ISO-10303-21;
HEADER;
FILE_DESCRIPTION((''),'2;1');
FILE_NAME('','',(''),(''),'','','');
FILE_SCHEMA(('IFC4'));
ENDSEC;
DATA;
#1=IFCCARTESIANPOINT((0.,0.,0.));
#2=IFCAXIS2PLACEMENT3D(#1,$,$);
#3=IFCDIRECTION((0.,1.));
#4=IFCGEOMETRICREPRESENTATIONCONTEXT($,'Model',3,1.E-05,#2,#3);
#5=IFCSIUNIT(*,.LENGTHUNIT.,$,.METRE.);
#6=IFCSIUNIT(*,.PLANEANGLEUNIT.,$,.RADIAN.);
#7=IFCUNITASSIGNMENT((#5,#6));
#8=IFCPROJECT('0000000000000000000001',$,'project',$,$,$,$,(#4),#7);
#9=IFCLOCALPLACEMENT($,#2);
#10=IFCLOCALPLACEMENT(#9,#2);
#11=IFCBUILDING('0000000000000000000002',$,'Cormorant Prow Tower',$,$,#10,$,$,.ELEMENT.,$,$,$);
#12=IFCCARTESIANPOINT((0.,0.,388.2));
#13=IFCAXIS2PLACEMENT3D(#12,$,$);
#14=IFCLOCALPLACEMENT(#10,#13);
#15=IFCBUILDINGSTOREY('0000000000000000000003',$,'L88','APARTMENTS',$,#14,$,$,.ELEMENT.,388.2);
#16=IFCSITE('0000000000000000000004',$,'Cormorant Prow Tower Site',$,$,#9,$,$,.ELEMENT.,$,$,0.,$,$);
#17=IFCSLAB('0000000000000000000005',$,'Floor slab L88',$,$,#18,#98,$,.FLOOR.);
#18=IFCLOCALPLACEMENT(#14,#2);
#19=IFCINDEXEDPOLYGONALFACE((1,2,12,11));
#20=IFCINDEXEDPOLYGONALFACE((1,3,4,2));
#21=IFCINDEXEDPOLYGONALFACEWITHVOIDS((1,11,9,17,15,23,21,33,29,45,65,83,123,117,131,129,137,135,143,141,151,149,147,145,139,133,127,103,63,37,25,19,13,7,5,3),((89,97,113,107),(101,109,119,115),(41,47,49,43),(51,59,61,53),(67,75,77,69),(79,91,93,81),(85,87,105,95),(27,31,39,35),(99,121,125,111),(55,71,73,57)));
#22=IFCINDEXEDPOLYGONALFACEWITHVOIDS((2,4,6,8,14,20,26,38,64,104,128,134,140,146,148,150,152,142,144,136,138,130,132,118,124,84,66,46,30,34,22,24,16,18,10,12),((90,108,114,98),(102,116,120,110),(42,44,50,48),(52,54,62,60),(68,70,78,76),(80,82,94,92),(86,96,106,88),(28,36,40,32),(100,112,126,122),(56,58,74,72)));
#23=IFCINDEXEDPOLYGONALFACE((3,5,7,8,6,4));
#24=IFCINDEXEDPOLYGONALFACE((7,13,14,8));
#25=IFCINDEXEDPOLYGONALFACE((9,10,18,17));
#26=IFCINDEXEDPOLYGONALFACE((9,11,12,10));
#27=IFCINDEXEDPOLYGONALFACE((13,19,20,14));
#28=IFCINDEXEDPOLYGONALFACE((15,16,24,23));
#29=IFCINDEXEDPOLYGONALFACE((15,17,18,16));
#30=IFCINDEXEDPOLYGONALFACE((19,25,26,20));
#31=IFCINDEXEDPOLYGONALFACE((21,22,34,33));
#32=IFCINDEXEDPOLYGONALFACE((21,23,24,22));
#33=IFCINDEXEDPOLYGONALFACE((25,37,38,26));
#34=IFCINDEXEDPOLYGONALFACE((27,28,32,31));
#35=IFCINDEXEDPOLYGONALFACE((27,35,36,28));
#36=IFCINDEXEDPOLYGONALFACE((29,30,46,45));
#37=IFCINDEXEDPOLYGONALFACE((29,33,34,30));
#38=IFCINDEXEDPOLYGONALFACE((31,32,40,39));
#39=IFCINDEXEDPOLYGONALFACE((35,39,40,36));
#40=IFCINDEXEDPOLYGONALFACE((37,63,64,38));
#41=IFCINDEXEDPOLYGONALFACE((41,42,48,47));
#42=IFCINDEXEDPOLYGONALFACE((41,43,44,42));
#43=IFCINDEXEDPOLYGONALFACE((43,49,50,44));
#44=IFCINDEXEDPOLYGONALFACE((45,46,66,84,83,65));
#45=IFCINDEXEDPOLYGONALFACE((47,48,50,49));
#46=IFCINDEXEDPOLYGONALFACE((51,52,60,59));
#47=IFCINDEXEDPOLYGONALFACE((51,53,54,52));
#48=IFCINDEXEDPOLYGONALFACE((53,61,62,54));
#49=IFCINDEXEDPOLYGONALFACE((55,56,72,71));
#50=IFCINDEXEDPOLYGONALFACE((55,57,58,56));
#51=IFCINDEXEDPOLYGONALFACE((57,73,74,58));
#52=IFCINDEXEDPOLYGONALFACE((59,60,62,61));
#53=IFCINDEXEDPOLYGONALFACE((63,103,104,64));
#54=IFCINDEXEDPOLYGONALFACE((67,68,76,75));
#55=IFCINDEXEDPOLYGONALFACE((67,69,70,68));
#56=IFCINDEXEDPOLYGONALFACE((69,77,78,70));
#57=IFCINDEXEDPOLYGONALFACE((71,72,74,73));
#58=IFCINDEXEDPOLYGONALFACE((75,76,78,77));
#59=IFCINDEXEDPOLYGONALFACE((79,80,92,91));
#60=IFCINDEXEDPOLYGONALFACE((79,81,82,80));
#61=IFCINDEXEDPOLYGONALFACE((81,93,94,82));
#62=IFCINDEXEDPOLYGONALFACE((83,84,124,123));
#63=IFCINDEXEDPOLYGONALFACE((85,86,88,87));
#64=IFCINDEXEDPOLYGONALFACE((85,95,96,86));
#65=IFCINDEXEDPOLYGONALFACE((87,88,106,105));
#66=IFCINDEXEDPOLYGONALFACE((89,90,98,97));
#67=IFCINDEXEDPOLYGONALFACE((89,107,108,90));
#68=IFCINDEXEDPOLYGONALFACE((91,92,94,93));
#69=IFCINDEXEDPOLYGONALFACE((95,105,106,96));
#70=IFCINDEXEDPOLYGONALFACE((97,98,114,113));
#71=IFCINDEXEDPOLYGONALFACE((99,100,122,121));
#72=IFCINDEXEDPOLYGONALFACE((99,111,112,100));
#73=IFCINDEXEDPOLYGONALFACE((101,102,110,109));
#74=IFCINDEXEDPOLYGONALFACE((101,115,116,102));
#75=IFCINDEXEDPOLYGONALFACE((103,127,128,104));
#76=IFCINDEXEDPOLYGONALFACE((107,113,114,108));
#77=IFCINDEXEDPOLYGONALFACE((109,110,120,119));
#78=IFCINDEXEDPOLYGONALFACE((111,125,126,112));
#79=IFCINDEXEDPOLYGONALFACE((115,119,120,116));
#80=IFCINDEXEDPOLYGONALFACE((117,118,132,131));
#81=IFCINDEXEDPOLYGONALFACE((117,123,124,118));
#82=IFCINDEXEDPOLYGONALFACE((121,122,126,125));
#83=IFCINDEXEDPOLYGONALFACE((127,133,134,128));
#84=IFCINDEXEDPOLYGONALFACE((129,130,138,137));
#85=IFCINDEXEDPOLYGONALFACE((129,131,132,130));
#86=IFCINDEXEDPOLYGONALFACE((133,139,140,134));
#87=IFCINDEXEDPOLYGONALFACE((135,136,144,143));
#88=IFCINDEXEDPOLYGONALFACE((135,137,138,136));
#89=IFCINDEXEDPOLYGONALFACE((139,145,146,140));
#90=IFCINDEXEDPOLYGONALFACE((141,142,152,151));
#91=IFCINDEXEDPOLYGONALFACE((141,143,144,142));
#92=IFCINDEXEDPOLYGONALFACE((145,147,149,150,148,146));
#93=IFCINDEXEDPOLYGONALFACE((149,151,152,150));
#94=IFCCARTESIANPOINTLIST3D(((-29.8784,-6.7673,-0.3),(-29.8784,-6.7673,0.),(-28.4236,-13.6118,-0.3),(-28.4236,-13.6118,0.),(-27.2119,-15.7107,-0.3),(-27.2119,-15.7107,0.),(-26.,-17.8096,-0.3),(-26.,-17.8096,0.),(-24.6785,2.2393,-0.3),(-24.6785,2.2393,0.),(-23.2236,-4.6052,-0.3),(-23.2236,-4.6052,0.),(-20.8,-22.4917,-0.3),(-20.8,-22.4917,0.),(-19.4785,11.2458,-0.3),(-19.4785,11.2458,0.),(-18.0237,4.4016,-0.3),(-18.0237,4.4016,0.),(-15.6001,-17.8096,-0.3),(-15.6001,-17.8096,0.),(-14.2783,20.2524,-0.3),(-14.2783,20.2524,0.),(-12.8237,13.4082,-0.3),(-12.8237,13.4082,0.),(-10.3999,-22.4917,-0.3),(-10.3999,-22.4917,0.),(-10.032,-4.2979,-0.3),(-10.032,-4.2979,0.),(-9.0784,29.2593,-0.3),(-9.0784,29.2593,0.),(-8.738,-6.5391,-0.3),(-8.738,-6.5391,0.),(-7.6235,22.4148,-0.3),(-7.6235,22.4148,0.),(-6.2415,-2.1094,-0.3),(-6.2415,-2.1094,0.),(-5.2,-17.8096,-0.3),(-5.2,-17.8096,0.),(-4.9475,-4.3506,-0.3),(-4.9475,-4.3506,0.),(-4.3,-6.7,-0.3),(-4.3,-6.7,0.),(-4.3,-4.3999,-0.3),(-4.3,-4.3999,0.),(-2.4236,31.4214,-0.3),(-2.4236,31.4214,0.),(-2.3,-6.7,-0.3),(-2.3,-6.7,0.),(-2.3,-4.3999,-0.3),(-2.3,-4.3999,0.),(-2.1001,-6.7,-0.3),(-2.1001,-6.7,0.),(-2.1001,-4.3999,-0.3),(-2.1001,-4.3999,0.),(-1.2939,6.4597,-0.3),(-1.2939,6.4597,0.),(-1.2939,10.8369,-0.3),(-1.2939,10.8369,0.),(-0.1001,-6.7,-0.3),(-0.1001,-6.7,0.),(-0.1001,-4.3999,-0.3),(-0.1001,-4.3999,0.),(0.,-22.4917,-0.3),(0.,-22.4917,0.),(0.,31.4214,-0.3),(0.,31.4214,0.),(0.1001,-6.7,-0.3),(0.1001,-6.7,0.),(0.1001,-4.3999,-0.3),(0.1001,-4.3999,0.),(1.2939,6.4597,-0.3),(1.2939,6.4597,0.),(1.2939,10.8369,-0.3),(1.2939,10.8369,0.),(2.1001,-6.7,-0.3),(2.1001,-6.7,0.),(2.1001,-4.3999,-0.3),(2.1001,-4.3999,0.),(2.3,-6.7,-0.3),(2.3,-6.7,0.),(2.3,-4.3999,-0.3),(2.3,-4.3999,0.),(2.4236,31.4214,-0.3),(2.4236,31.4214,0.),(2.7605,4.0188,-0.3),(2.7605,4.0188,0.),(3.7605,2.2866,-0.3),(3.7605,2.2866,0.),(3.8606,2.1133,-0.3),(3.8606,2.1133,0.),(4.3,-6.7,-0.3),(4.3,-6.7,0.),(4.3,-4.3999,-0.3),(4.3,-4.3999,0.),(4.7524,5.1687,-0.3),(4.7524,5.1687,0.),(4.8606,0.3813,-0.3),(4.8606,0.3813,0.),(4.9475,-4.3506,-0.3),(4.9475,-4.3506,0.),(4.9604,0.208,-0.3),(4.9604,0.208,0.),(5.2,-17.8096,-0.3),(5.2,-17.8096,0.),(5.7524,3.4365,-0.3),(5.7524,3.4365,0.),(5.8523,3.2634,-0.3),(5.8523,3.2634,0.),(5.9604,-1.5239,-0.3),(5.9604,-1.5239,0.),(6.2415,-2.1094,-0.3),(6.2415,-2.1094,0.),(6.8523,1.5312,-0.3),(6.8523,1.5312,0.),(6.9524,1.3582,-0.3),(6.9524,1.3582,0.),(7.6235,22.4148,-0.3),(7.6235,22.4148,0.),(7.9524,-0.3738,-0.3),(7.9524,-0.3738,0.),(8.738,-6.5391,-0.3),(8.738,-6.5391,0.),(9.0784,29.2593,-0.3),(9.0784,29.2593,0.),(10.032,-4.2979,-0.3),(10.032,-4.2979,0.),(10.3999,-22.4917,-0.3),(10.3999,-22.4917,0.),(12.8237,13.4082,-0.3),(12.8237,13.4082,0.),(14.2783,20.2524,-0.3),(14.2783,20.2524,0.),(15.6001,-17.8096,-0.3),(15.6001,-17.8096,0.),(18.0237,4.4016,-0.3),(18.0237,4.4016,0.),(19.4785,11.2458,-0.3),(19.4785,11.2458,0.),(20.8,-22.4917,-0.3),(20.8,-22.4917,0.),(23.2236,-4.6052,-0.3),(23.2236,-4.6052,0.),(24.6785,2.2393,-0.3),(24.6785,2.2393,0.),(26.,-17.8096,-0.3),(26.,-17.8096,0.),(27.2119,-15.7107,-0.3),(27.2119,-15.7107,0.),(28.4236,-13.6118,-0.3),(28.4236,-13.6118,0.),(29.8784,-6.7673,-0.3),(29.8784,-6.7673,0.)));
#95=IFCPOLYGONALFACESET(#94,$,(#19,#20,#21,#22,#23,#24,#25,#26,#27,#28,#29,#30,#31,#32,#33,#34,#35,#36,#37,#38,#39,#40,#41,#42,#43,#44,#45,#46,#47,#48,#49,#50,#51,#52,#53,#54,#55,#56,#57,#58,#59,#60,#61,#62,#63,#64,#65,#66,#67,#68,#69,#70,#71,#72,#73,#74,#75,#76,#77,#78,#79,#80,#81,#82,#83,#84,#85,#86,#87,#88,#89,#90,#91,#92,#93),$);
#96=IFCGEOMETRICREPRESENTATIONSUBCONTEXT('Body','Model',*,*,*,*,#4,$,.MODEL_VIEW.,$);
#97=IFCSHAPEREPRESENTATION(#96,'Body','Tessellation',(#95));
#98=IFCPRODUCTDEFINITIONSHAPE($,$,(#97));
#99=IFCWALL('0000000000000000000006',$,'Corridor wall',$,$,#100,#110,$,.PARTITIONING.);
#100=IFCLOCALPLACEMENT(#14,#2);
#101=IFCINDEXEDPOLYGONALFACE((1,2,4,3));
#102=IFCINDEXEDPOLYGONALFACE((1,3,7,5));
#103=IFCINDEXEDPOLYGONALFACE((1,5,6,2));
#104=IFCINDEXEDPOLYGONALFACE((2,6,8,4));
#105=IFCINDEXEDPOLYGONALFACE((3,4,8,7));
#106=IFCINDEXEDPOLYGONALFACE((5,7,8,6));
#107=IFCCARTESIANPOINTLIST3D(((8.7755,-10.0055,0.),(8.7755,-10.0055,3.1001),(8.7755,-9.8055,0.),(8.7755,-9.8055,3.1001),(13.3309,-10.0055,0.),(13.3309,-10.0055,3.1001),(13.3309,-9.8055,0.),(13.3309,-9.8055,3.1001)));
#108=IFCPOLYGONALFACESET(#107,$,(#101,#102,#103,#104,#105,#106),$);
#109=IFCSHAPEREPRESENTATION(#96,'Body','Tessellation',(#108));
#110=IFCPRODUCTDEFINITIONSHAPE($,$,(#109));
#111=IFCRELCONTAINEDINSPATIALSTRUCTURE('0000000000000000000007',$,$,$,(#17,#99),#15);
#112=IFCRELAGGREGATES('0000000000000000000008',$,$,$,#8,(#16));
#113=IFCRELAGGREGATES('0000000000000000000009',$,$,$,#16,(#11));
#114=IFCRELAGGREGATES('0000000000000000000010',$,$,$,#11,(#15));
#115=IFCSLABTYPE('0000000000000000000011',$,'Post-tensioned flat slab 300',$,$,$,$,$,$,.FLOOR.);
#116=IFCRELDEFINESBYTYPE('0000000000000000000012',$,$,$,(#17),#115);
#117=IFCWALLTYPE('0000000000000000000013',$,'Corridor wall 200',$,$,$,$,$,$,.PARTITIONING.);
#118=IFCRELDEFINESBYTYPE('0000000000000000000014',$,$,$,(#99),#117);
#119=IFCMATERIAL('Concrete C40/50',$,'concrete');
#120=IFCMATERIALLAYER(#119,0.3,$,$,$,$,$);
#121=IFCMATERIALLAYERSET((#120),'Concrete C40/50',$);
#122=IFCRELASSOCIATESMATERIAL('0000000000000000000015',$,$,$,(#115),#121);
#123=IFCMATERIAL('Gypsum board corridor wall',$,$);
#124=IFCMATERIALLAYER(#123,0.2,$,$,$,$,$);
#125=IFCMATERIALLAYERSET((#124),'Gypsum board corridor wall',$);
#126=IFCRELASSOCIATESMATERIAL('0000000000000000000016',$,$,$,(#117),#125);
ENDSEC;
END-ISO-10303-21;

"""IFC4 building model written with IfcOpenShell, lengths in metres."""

from ifc_helpers import new_model, si_unit, direction, frame, frame_2d, origin, place, context, subcontext, project, spatial, polyline, rectangle, outline, extrude, material, layer, layer_set, type_object, element, save


model = new_model("IFC4")

# Units and contexts
model_context = context("Model", 3, precision=1e-05, world=origin(), true_north=direction((0.0, 1.0)))
body_context = subcontext(model_context, "Body", "Model", "MODEL_VIEW")
ifc_project = project(units=[si_unit("LENGTHUNIT", "METRE"), si_unit("PLANEANGLEUNIT", "RADIAN")], contexts=[model_context])

# Site, building, storey
site_placement = place(None, origin())
site = spatial("IfcSite", under=ifc_project, at=site_placement, Name="Cormorant Prow Tower Site", CompositionType="ELEMENT", RefElevation=0.0)
building_placement = place(site_placement, origin())
building = spatial("IfcBuilding", under=site, at=building_placement, Name="Cormorant Prow Tower", CompositionType="ELEMENT")
storey_placement = place(building_placement, frame((0.0, 0.0, 388.2)))
storey = spatial("IfcBuildingStorey", under=building, at=storey_placement, Name="L88", Description="APARTMENTS", CompositionType="ELEMENT", Elevation=388.2)

# Slab
ifc_material_1 = material(Name="Concrete C40/50", Category="concrete")
ifc_layer_1 = layer(ifc_material_1, 0.3)
ifc_layer_set_1 = layer_set([ifc_layer_1], Name="Concrete C40/50")
slab_type_1 = type_object("IfcSlabType", Name="Post-tensioned flat slab 300", PredefinedType="FLOOR", material=ifc_layer_set_1)
slab_1_placement = place(storey_placement, frame((0.0, 0.0, -0.3)))
element("IfcSlab", 1, at=slab_1_placement, inside=storey, type_object=slab_type_1, Name="Floor slab L88", PredefinedType="FLOOR", context=body_context, shape_type="SweptSolid", body=[
    extrude(outline(polyline([(-7.6235, 22.4148), (-14.2783, 20.2524), (-12.8237, 13.4082), (-19.4785, 11.2458), (-18.0237, 4.4016), (-24.6785, 2.2393), (-23.2236, -4.6052), (-29.8784, -6.7673), (-28.4236, -13.6118), (-27.2119, -15.7107), (-26.0, -17.8096), (-20.8, -22.4917), (-15.6001, -17.8096), (-10.3999, -22.4917), (-5.2, -17.8096), (0.0, -22.4917), (5.2, -17.8096), (10.3999, -22.4917), (15.6001, -17.8096), (20.8, -22.4917), (26.0, -17.8096), (27.2119, -15.7107), (28.4236, -13.6118), (29.8784, -6.7673), (23.2236, -4.6052), (24.6785, 2.2393), (18.0237, 4.4016), (19.4785, 11.2458), (12.8237, 13.4082), (14.2783, 20.2524), (7.6235, 22.4148), (9.0784, 29.2593), (2.4236, 31.4214), (0.0, 31.4214), (-2.4236, 31.4214), (-9.0784, 29.2593), (-7.6235, 22.4148)]), holes=[polyline([(-4.3, -4.3999), (-2.3, -4.3999), (-2.3, -6.7), (-4.3, -6.7), (-4.3, -4.3999)]), polyline([(-0.1001, -4.3999), (-0.1001, -6.7), (-2.1001, -6.7), (-2.1001, -4.3999), (-0.1001, -4.3999)]), polyline([(2.1001, -6.7), (0.1001, -6.7), (0.1001, -4.3999), (2.1001, -4.3999), (2.1001, -6.7)]), polyline([(2.3, -6.7), (2.3, -4.3999), (4.3, -4.3999), (4.3, -6.7), (2.3, -6.7)]), polyline([(5.9604, -1.5239), (4.9604, 0.208), (6.9524, 1.3582), (7.9524, -0.3738), (5.9604, -1.5239)]), polyline([(3.8606, 2.1133), (5.8523, 3.2634), (6.8523, 1.5312), (4.8606, 0.3813), (3.8606, 2.1133)]), polyline([(4.7524, 5.1687), (5.7524, 3.4365), (3.7605, 2.2866), (2.7605, 4.0188), (4.7524, 5.1687)]), polyline([(-4.9475, -4.3506), (-8.738, -6.5391), (-10.032, -4.2979), (-6.2415, -2.1094), (-4.9475, -4.3506)]), polyline([(10.032, -4.2979), (8.738, -6.5391), (4.9475, -4.3506), (6.2415, -2.1094), (10.032, -4.2979)]), polyline([(1.2939, 10.8369), (1.2939, 6.4597), (-1.2939, 6.4597), (-1.2939, 10.8369), (1.2939, 10.8369)])]), origin(), (0.0, 0.0, 1.0), 0.3),
])

# Wall
ifc_material_2 = material(Name="Gypsum board corridor wall")
ifc_layer_2 = layer(ifc_material_2, 0.2)
ifc_layer_set_2 = layer_set([ifc_layer_2], Name="Gypsum board corridor wall")
wall_type_1 = type_object("IfcWallType", Name="Corridor wall 200", PredefinedType="PARTITIONING", material=ifc_layer_set_2)
wall_1_placement = place(storey_placement, frame((8.7754, -9.9055, 0.0), z_axis=(0.0, 0.0, 1.0), x_axis=(1.0, 0.0, 0.0)))
element("IfcWall", 2, at=wall_1_placement, inside=storey, type_object=wall_type_1, Name="Corridor wall", PredefinedType="PARTITIONING", context=body_context, shape_type="SweptSolid", body=[
    extrude(rectangle(XDim=4.5554, YDim=0.2, at=frame_2d((2.2778, 0.0))), origin(), (0.0, 0.0, 1.0), 3.1001),
])

save(model, "model.ifc")
